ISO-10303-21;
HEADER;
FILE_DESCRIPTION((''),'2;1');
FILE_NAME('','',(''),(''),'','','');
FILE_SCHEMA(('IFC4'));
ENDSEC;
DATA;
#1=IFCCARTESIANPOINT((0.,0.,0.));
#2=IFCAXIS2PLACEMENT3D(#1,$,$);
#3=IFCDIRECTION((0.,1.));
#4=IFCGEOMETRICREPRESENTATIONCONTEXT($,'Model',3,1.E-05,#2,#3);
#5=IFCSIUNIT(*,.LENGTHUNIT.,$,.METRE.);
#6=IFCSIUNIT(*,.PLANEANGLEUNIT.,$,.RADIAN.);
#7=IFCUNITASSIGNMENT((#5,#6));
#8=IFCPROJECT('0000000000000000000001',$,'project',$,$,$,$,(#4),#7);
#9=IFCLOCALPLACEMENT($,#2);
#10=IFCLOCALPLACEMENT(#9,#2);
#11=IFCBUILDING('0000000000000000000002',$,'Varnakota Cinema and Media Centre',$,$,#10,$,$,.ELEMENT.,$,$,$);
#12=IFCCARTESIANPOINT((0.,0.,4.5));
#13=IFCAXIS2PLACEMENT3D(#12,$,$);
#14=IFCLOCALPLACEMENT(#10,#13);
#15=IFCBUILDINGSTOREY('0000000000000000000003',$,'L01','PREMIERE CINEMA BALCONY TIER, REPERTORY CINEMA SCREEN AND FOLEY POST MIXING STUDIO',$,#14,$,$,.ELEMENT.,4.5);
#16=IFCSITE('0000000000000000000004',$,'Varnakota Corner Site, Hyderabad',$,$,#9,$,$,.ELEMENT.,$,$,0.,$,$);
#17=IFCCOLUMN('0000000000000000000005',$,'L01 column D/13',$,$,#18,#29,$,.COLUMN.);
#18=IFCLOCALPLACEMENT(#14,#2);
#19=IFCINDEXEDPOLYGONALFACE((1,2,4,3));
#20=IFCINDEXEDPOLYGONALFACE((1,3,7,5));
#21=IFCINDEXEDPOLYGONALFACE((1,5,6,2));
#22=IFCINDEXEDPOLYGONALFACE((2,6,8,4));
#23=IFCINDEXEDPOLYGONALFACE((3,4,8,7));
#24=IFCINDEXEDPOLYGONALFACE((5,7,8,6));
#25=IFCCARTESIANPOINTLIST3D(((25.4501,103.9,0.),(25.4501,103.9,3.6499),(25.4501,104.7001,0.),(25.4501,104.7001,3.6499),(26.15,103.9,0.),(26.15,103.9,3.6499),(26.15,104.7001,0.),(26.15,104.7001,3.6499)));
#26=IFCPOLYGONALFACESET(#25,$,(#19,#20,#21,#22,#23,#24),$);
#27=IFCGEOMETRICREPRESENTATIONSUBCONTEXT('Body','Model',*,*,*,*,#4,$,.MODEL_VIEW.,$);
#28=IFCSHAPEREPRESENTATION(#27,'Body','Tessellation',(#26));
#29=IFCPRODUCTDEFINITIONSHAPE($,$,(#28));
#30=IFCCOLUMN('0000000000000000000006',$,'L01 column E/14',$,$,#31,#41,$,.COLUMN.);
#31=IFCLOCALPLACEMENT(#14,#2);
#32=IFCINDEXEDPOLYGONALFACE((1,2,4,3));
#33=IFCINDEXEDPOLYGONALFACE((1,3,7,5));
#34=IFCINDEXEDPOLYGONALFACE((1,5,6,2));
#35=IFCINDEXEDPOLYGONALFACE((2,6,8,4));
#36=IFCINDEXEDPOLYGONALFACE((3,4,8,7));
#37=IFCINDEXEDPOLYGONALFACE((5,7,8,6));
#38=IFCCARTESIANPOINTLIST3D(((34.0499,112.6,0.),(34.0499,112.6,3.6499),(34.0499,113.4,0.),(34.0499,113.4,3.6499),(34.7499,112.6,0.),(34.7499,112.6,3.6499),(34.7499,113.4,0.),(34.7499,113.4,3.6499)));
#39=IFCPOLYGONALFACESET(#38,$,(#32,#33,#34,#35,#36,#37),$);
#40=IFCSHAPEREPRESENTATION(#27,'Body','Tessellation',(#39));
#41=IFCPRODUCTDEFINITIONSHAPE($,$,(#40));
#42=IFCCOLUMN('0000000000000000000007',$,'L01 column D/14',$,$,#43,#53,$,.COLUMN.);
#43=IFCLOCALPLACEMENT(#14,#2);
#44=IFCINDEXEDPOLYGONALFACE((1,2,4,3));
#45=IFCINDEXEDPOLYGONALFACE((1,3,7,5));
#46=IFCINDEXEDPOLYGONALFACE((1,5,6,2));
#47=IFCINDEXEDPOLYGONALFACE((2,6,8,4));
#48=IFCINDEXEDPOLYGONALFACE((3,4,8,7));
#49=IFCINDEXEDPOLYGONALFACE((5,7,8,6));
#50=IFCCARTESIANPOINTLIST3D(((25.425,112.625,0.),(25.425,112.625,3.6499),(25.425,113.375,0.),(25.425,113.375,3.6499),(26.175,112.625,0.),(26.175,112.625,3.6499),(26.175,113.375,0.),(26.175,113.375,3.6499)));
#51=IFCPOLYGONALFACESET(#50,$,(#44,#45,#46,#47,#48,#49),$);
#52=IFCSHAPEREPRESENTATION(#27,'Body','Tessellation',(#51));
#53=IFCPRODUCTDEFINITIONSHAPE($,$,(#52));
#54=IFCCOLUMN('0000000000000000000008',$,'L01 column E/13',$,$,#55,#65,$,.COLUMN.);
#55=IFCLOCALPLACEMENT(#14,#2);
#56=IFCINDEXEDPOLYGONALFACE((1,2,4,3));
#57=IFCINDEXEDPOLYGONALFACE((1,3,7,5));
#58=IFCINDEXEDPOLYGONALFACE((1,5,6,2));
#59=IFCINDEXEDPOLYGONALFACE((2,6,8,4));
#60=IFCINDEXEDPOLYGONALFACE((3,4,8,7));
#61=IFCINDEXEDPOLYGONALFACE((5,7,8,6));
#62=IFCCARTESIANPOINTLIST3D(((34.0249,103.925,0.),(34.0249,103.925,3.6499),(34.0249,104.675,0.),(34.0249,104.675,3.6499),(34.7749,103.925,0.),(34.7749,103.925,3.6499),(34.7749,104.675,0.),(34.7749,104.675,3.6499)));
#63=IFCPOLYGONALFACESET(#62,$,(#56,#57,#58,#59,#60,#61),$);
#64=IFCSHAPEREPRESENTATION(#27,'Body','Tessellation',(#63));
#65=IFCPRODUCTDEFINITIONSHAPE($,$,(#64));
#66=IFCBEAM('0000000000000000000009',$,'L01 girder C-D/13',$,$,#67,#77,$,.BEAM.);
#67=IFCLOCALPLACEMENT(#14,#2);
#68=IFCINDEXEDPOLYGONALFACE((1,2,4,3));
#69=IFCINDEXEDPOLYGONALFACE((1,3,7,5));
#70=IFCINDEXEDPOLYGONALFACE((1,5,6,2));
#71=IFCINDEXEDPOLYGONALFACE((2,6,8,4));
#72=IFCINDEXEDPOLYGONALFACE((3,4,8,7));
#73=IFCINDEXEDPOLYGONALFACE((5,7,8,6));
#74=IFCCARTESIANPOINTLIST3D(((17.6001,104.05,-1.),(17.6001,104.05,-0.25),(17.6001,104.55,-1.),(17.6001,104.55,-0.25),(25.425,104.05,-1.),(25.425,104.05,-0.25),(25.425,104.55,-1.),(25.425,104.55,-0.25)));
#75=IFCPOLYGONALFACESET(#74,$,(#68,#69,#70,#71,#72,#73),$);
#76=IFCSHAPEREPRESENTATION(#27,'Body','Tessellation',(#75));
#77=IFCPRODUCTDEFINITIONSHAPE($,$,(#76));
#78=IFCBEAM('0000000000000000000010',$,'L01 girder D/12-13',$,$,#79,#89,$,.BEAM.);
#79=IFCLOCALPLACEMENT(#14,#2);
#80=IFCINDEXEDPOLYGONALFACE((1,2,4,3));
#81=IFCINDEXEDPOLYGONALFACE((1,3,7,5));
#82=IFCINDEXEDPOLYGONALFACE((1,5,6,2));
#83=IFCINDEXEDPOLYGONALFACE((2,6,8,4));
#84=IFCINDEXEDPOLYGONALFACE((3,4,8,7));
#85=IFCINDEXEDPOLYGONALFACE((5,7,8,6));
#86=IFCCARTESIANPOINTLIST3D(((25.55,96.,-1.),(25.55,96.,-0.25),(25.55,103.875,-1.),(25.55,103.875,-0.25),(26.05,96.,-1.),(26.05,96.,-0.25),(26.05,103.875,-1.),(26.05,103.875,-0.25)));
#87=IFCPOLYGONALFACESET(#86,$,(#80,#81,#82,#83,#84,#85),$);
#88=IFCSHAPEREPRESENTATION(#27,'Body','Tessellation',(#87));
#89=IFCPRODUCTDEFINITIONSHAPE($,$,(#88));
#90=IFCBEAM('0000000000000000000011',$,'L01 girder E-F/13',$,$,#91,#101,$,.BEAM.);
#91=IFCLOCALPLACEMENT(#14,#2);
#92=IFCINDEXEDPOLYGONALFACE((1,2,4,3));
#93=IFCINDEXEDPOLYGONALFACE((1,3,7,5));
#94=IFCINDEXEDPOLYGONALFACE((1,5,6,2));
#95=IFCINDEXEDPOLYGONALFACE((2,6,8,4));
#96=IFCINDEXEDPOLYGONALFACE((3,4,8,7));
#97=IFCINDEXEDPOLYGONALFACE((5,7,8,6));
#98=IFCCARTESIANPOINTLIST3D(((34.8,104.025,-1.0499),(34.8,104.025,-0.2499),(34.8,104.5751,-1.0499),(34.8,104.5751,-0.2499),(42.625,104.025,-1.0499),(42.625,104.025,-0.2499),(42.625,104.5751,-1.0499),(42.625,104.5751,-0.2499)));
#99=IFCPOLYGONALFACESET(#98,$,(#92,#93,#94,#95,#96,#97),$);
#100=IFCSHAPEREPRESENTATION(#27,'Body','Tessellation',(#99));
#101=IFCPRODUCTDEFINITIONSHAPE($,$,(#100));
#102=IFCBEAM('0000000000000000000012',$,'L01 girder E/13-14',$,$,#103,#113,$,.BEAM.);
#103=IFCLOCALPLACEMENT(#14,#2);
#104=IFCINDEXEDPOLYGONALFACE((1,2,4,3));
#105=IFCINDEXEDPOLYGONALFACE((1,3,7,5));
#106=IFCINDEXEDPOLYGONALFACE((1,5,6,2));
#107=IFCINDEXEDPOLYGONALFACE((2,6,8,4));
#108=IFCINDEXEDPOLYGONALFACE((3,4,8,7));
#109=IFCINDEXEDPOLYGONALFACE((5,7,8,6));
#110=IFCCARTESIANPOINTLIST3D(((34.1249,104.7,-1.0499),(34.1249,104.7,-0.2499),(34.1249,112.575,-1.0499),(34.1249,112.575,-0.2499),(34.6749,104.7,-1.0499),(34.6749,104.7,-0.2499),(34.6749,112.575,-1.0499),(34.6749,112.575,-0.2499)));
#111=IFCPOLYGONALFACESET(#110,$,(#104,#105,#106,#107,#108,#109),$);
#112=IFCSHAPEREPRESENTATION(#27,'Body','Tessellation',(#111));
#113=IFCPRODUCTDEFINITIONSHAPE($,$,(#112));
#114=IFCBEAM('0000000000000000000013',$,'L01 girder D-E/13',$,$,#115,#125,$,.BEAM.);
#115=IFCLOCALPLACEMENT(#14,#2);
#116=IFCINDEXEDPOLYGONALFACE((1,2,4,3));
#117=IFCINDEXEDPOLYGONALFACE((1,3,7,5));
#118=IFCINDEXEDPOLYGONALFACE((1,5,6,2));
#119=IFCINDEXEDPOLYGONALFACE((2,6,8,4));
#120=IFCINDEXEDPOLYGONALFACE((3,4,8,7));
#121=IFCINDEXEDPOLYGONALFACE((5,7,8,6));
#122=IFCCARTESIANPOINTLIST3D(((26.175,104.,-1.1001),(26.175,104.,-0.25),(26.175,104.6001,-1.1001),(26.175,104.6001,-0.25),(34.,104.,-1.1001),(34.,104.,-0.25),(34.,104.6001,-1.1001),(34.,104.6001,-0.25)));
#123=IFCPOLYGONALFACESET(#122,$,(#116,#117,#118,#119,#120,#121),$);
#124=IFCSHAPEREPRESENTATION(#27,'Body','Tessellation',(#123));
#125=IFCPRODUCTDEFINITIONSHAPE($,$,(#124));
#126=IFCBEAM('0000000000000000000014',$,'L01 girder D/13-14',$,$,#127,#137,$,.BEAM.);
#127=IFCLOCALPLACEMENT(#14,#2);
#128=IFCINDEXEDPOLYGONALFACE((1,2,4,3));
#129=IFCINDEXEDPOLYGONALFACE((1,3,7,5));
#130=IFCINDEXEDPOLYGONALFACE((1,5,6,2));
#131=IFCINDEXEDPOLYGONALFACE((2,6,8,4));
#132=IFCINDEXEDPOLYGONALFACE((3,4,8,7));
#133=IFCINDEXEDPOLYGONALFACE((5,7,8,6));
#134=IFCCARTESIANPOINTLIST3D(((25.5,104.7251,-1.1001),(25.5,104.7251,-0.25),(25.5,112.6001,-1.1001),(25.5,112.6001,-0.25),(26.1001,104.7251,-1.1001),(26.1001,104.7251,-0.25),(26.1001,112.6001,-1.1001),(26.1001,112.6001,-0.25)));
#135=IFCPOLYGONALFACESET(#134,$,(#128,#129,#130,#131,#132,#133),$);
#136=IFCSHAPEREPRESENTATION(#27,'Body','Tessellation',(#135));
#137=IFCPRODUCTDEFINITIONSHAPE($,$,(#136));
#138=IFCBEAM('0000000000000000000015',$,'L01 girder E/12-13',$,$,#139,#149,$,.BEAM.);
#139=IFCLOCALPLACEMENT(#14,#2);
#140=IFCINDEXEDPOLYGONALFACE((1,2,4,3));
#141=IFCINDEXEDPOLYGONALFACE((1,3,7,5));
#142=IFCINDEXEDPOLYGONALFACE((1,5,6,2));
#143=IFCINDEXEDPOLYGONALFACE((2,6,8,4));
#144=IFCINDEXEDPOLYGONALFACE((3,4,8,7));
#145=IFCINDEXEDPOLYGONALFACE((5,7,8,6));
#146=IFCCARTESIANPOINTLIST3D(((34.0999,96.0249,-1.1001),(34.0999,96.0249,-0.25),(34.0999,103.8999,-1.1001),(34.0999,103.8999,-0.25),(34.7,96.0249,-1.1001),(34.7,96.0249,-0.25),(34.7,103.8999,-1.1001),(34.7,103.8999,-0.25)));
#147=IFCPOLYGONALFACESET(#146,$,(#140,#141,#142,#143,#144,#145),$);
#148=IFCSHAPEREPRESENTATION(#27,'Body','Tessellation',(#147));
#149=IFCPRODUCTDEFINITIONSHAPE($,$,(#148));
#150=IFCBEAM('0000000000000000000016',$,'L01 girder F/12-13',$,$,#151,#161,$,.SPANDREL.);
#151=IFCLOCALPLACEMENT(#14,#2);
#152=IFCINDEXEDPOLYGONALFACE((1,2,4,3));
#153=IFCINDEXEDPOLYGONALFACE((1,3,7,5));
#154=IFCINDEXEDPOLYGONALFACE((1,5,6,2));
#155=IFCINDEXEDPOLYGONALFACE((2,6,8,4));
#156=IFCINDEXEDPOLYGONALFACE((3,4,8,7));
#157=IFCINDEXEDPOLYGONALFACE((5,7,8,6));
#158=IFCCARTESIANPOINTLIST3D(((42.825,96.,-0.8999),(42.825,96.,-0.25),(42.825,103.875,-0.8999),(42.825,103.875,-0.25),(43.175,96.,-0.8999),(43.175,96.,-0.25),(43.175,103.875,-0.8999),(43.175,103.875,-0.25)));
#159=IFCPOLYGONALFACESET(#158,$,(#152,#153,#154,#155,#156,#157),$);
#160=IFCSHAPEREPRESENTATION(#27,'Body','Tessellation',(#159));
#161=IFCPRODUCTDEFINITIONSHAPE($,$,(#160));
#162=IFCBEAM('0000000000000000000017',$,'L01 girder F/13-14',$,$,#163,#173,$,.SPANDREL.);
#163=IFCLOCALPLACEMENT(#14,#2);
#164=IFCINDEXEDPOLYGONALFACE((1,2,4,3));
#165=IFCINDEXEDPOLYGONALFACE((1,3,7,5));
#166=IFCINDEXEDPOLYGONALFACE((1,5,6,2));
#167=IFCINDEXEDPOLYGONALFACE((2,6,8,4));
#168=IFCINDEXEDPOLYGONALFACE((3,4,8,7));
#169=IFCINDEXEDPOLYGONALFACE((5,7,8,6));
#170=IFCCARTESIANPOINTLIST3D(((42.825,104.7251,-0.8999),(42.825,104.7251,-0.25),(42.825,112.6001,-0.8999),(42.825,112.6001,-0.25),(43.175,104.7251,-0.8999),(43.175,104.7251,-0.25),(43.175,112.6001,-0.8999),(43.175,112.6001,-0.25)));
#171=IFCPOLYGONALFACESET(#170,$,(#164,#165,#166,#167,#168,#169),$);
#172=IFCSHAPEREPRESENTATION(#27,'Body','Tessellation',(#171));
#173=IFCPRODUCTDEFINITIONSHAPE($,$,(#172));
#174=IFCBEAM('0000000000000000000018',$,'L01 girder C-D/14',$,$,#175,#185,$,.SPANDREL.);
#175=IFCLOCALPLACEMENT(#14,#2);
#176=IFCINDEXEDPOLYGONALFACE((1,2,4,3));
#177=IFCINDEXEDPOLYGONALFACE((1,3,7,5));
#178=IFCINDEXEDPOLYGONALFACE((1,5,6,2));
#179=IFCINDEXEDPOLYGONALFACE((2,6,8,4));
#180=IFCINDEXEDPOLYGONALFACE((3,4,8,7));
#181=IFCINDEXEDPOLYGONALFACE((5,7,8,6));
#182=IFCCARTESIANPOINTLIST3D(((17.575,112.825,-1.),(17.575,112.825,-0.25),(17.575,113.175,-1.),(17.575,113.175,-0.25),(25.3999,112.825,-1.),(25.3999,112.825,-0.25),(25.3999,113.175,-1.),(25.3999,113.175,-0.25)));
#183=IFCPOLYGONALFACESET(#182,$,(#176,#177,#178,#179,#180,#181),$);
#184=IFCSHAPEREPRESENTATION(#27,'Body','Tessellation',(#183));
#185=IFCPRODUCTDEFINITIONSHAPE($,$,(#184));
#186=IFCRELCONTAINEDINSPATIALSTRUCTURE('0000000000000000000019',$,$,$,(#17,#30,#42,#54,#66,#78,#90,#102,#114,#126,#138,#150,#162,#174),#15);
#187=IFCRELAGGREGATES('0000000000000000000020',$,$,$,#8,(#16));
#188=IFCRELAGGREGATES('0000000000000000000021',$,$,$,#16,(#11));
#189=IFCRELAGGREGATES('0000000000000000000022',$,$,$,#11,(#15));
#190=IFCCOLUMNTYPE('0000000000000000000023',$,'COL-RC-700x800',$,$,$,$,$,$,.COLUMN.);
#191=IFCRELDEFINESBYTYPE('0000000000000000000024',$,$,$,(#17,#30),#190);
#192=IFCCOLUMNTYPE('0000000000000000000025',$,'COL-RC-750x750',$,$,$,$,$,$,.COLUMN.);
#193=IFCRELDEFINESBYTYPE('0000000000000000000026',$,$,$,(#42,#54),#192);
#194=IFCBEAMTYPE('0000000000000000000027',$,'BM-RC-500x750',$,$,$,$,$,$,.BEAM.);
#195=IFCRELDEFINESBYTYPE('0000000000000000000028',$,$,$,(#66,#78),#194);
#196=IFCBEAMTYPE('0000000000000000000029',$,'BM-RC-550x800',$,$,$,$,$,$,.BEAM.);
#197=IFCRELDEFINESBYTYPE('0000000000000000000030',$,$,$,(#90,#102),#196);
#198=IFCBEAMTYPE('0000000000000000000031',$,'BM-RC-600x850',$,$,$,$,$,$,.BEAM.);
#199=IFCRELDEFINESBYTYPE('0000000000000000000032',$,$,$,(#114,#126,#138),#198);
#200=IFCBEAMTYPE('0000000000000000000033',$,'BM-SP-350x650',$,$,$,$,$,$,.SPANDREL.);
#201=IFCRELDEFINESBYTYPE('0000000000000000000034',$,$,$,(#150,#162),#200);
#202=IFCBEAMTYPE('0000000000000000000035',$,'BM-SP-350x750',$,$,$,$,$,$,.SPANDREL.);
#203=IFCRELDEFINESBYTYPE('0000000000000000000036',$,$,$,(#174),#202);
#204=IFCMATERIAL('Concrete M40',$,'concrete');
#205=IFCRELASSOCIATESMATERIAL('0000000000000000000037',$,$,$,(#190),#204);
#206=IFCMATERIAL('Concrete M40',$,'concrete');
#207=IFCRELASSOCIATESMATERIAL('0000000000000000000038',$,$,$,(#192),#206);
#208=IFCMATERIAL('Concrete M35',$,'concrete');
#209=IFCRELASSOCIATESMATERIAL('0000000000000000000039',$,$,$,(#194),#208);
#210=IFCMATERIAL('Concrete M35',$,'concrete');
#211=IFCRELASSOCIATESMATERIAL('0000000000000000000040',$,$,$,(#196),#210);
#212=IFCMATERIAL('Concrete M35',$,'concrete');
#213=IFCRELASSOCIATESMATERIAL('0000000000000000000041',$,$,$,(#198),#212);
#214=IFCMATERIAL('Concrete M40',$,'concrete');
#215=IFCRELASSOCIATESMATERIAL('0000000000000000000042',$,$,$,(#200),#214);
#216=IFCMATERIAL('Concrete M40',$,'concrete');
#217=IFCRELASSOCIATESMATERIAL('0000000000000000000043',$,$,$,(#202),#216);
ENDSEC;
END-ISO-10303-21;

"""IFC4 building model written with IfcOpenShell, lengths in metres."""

from ifc_helpers import new_model, si_unit, direction, frame, origin, origin_2d, place, context, subcontext, project, spatial, rectangle, extrude, material, material_profile, profile_set, type_object, element, save


model = new_model("IFC4")

# Units and contexts
model_context = context("Model", 3, precision=1e-05, world=origin(), true_north=direction((0.0, 1.0)))
body_context = subcontext(model_context, "Body", "Model", "MODEL_VIEW")
ifc_project = project(units=[si_unit("LENGTHUNIT", "METRE"), si_unit("PLANEANGLEUNIT", "RADIAN")], contexts=[model_context])

# Site, building, storey
site_placement = place(None, origin())
site = spatial("IfcSite", under=ifc_project, at=site_placement, Name="Varnakota Corner Site, Hyderabad", CompositionType="ELEMENT", RefElevation=0.0)
building_placement = place(site_placement, origin())
building = spatial("IfcBuilding", under=site, at=building_placement, Name="Varnakota Cinema and Media Centre", CompositionType="ELEMENT")
storey_placement = place(building_placement, frame((0.0, 0.0, 4.5)))
storey = spatial("IfcBuildingStorey", under=building, at=storey_placement, Name="L01", Description="PREMIERE CINEMA BALCONY TIER, REPERTORY CINEMA SCREEN AND FOLEY POST MIXING STUDIO", CompositionType="ELEMENT", Elevation=4.5)

# Columns
ifc_material_1 = material(Name="Concrete M40", Category="concrete")
ifc_material_profile_1 = material_profile(ifc_material_1, rectangle(XDim=0.7, YDim=0.8, at=origin_2d()), Name="RC 700x800")
ifc_profile_set_1 = profile_set([ifc_material_profile_1], Name="Concrete M40")
column_type_1 = type_object("IfcColumnType", Name="COL-RC-700x800", PredefinedType="COLUMN", material=ifc_profile_set_1)
for number, where, z_axis, x_axis, name in (
    (1, (25.8, 104.3, 0.0), (0.0, 0.0, 1.0), (1.0, 0.0, 0.0), "L01 column D/13"),
    (2, (34.3999, 113.0, 0.0), (0.0, 0.0, 1.0), (1.0, 0.0, 0.0), "L01 column E/14"),
):
    element("IfcColumn", number, at=place(storey_placement, frame(where, z_axis=z_axis, x_axis=x_axis)), inside=storey, type_object=column_type_1, Name=name, PredefinedType="COLUMN", context=body_context, shape_type="SweptSolid", body=[
        extrude(rectangle(XDim=0.7, YDim=0.8, at=origin_2d()), origin(), (0.0, 0.0, 1.0), 3.6499),
    ])
ifc_material_2 = material(Name="Concrete M40", Category="concrete")
ifc_material_profile_2 = material_profile(ifc_material_2, rectangle(XDim=0.75, YDim=0.75, at=origin_2d()), Name="RC 750x750")
ifc_profile_set_2 = profile_set([ifc_material_profile_2], Name="Concrete M40")
column_type_2 = type_object("IfcColumnType", Name="COL-RC-750x750", PredefinedType="COLUMN", material=ifc_profile_set_2)
for number, where, z_axis, x_axis, name in (
    (3, (25.8, 113.0, 0.0), (0.0, 0.0, 1.0), (1.0, 0.0, 0.0), "L01 column D/14"),
    (4, (34.3999, 104.3, 0.0), (0.0, 0.0, 1.0), (1.0, 0.0, 0.0), "L01 column E/13"),
):
    element("IfcColumn", number, at=place(storey_placement, frame(where, z_axis=z_axis, x_axis=x_axis)), inside=storey, type_object=column_type_2, Name=name, PredefinedType="COLUMN", context=body_context, shape_type="SweptSolid", body=[
        extrude(rectangle(XDim=0.75, YDim=0.75, at=origin_2d()), origin(), (0.0, 0.0, 1.0), 3.6499),
    ])

# Beams
ifc_material_3 = material(Name="Concrete M35", Category="concrete")
ifc_material_profile_3 = material_profile(ifc_material_3, rectangle(XDim=0.5, YDim=0.75, at=origin_2d()), Name="RCB 500x750")
ifc_profile_set_3 = profile_set([ifc_material_profile_3], Name="Concrete M35")
beam_type_1 = type_object("IfcBeamType", Name="BM-RC-500x750", PredefinedType="BEAM", material=ifc_profile_set_3)
beam_1_placement = place(storey_placement, frame((17.6001, 104.3, -0.625), z_axis=(1.0, 0.0, 0.0), x_axis=(0.0, 1.0, 0.0)))
element("IfcBeam", 5, at=beam_1_placement, inside=storey, type_object=beam_type_1, Name="L01 girder C-D/13", PredefinedType="BEAM", context=body_context, shape_type="SweptSolid", body=[
    extrude(rectangle(XDim=0.5, YDim=0.75, at=origin_2d()), origin(), (0.0, 0.0, 1.0), 7.825),
])
beam_2_placement = place(storey_placement, frame((25.8, 96.0, -0.625), z_axis=(0.0, 1.0, 0.0), x_axis=(-1.0, 0.0, 0.0)))
element("IfcBeam", 6, at=beam_2_placement, inside=storey, type_object=beam_type_1, Name="L01 girder D/12-13", PredefinedType="BEAM", context=body_context, shape_type="SweptSolid", body=[
    extrude(rectangle(XDim=0.5, YDim=0.75, at=origin_2d()), origin(), (0.0, 0.0, 1.0), 7.875),
])
ifc_material_4 = material(Name="Concrete M35", Category="concrete")
ifc_material_profile_4 = material_profile(ifc_material_4, rectangle(XDim=0.55, YDim=0.8, at=origin_2d()), Name="RCB 550x800")
ifc_profile_set_4 = profile_set([ifc_material_profile_4], Name="Concrete M35")
beam_type_2 = type_object("IfcBeamType", Name="BM-RC-550x800", PredefinedType="BEAM", material=ifc_profile_set_4)
beam_3_placement = place(storey_placement, frame((34.8, 104.3, -0.6499), z_axis=(1.0, 0.0, 0.0), x_axis=(0.0, 1.0, 0.0)))
element("IfcBeam", 7, at=beam_3_placement, inside=storey, type_object=beam_type_2, Name="L01 girder E-F/13", PredefinedType="BEAM", context=body_context, shape_type="SweptSolid", body=[
    extrude(rectangle(XDim=0.55, YDim=0.8, at=origin_2d()), origin(), (0.0, 0.0, 1.0), 7.825),
])
beam_4_placement = place(storey_placement, frame((34.3999, 104.7, -0.6499), z_axis=(0.0, 1.0, 0.0), x_axis=(-1.0, 0.0, 0.0)))
element("IfcBeam", 8, at=beam_4_placement, inside=storey, type_object=beam_type_2, Name="L01 girder E/13-14", PredefinedType="BEAM", context=body_context, shape_type="SweptSolid", body=[
    extrude(rectangle(XDim=0.55, YDim=0.8, at=origin_2d()), origin(), (0.0, 0.0, 1.0), 7.875),
])
ifc_material_5 = material(Name="Concrete M35", Category="concrete")
ifc_material_profile_5 = material_profile(ifc_material_5, rectangle(XDim=0.6001, YDim=0.8501, at=origin_2d()), Name="RCB 600x850")
ifc_profile_set_5 = profile_set([ifc_material_profile_5], Name="Concrete M35")
beam_type_3 = type_object("IfcBeamType", Name="BM-RC-600x850", PredefinedType="BEAM", material=ifc_profile_set_5)
beam_5_placement = place(storey_placement, frame((26.175, 104.3, -0.675), z_axis=(1.0, 0.0, 0.0), x_axis=(0.0, 1.0, 0.0)))
element("IfcBeam", 9, at=beam_5_placement, inside=storey, type_object=beam_type_3, Name="L01 girder D-E/13", PredefinedType="BEAM", context=body_context, shape_type="SweptSolid", body=[
    extrude(rectangle(XDim=0.6001, YDim=0.8501, at=origin_2d()), origin(), (0.0, 0.0, 1.0), 7.825),
])
for number, where, z_axis, x_axis, name in (
    (10, (25.8, 104.7251, -0.675), (0.0, 1.0, 0.0), (-1.0, 0.0, 0.0), "L01 girder D/13-14"),
    (11, (34.3999, 96.0249, -0.675), (0.0, 1.0, 0.0), (-1.0, 0.0, 0.0), "L01 girder E/12-13"),
):
    element("IfcBeam", number, at=place(storey_placement, frame(where, z_axis=z_axis, x_axis=x_axis)), inside=storey, type_object=beam_type_3, Name=name, PredefinedType="BEAM", context=body_context, shape_type="SweptSolid", body=[
        extrude(rectangle(XDim=0.6001, YDim=0.8501, at=origin_2d()), origin(), (0.0, 0.0, 1.0), 7.875),
    ])
ifc_material_6 = material(Name="Concrete M40", Category="concrete")
ifc_material_profile_6 = material_profile(ifc_material_6, rectangle(XDim=0.3501, YDim=0.6499, at=origin_2d()), Name="RCB 350x650")
ifc_profile_set_6 = profile_set([ifc_material_profile_6], Name="Concrete M40")
beam_type_4 = type_object("IfcBeamType", Name="BM-SP-350x650", PredefinedType="SPANDREL", material=ifc_profile_set_6)
for number, where, z_axis, x_axis, name in (
    (12, (43.0, 96.0, -0.575), (0.0, 1.0, 0.0), (-1.0, 0.0, 0.0), "L01 girder F/12-13"),
    (13, (43.0, 104.7251, -0.575), (0.0, 1.0, 0.0), (-1.0, 0.0, 0.0), "L01 girder F/13-14"),
):
    element("IfcBeam", number, at=place(storey_placement, frame(where, z_axis=z_axis, x_axis=x_axis)), inside=storey, type_object=beam_type_4, Name=name, PredefinedType="SPANDREL", context=body_context, shape_type="SweptSolid", body=[
        extrude(rectangle(XDim=0.3501, YDim=0.6499, at=origin_2d()), origin(), (0.0, 0.0, 1.0), 7.875),
    ])
ifc_material_7 = material(Name="Concrete M40", Category="concrete")
ifc_material_profile_7 = material_profile(ifc_material_7, rectangle(XDim=0.3501, YDim=0.75, at=origin_2d()), Name="RCB 350x750")
ifc_profile_set_7 = profile_set([ifc_material_profile_7], Name="Concrete M40")
beam_type_5 = type_object("IfcBeamType", Name="BM-SP-350x750", PredefinedType="SPANDREL", material=ifc_profile_set_7)
for number, where, z_axis, x_axis, name in (
    (14, (17.575, 113.0, -0.625), (1.0, 0.0, 0.0), (0.0, 1.0, 0.0), "L01 girder C-D/14"),
):
    element("IfcBeam", number, at=place(storey_placement, frame(where, z_axis=z_axis, x_axis=x_axis)), inside=storey, type_object=beam_type_5, Name=name, PredefinedType="SPANDREL", context=body_context, shape_type="SweptSolid", body=[
        extrude(rectangle(XDim=0.3501, YDim=0.75, at=origin_2d()), origin(), (0.0, 0.0, 1.0), 7.825),
    ])

save(model, "model.ifc")
